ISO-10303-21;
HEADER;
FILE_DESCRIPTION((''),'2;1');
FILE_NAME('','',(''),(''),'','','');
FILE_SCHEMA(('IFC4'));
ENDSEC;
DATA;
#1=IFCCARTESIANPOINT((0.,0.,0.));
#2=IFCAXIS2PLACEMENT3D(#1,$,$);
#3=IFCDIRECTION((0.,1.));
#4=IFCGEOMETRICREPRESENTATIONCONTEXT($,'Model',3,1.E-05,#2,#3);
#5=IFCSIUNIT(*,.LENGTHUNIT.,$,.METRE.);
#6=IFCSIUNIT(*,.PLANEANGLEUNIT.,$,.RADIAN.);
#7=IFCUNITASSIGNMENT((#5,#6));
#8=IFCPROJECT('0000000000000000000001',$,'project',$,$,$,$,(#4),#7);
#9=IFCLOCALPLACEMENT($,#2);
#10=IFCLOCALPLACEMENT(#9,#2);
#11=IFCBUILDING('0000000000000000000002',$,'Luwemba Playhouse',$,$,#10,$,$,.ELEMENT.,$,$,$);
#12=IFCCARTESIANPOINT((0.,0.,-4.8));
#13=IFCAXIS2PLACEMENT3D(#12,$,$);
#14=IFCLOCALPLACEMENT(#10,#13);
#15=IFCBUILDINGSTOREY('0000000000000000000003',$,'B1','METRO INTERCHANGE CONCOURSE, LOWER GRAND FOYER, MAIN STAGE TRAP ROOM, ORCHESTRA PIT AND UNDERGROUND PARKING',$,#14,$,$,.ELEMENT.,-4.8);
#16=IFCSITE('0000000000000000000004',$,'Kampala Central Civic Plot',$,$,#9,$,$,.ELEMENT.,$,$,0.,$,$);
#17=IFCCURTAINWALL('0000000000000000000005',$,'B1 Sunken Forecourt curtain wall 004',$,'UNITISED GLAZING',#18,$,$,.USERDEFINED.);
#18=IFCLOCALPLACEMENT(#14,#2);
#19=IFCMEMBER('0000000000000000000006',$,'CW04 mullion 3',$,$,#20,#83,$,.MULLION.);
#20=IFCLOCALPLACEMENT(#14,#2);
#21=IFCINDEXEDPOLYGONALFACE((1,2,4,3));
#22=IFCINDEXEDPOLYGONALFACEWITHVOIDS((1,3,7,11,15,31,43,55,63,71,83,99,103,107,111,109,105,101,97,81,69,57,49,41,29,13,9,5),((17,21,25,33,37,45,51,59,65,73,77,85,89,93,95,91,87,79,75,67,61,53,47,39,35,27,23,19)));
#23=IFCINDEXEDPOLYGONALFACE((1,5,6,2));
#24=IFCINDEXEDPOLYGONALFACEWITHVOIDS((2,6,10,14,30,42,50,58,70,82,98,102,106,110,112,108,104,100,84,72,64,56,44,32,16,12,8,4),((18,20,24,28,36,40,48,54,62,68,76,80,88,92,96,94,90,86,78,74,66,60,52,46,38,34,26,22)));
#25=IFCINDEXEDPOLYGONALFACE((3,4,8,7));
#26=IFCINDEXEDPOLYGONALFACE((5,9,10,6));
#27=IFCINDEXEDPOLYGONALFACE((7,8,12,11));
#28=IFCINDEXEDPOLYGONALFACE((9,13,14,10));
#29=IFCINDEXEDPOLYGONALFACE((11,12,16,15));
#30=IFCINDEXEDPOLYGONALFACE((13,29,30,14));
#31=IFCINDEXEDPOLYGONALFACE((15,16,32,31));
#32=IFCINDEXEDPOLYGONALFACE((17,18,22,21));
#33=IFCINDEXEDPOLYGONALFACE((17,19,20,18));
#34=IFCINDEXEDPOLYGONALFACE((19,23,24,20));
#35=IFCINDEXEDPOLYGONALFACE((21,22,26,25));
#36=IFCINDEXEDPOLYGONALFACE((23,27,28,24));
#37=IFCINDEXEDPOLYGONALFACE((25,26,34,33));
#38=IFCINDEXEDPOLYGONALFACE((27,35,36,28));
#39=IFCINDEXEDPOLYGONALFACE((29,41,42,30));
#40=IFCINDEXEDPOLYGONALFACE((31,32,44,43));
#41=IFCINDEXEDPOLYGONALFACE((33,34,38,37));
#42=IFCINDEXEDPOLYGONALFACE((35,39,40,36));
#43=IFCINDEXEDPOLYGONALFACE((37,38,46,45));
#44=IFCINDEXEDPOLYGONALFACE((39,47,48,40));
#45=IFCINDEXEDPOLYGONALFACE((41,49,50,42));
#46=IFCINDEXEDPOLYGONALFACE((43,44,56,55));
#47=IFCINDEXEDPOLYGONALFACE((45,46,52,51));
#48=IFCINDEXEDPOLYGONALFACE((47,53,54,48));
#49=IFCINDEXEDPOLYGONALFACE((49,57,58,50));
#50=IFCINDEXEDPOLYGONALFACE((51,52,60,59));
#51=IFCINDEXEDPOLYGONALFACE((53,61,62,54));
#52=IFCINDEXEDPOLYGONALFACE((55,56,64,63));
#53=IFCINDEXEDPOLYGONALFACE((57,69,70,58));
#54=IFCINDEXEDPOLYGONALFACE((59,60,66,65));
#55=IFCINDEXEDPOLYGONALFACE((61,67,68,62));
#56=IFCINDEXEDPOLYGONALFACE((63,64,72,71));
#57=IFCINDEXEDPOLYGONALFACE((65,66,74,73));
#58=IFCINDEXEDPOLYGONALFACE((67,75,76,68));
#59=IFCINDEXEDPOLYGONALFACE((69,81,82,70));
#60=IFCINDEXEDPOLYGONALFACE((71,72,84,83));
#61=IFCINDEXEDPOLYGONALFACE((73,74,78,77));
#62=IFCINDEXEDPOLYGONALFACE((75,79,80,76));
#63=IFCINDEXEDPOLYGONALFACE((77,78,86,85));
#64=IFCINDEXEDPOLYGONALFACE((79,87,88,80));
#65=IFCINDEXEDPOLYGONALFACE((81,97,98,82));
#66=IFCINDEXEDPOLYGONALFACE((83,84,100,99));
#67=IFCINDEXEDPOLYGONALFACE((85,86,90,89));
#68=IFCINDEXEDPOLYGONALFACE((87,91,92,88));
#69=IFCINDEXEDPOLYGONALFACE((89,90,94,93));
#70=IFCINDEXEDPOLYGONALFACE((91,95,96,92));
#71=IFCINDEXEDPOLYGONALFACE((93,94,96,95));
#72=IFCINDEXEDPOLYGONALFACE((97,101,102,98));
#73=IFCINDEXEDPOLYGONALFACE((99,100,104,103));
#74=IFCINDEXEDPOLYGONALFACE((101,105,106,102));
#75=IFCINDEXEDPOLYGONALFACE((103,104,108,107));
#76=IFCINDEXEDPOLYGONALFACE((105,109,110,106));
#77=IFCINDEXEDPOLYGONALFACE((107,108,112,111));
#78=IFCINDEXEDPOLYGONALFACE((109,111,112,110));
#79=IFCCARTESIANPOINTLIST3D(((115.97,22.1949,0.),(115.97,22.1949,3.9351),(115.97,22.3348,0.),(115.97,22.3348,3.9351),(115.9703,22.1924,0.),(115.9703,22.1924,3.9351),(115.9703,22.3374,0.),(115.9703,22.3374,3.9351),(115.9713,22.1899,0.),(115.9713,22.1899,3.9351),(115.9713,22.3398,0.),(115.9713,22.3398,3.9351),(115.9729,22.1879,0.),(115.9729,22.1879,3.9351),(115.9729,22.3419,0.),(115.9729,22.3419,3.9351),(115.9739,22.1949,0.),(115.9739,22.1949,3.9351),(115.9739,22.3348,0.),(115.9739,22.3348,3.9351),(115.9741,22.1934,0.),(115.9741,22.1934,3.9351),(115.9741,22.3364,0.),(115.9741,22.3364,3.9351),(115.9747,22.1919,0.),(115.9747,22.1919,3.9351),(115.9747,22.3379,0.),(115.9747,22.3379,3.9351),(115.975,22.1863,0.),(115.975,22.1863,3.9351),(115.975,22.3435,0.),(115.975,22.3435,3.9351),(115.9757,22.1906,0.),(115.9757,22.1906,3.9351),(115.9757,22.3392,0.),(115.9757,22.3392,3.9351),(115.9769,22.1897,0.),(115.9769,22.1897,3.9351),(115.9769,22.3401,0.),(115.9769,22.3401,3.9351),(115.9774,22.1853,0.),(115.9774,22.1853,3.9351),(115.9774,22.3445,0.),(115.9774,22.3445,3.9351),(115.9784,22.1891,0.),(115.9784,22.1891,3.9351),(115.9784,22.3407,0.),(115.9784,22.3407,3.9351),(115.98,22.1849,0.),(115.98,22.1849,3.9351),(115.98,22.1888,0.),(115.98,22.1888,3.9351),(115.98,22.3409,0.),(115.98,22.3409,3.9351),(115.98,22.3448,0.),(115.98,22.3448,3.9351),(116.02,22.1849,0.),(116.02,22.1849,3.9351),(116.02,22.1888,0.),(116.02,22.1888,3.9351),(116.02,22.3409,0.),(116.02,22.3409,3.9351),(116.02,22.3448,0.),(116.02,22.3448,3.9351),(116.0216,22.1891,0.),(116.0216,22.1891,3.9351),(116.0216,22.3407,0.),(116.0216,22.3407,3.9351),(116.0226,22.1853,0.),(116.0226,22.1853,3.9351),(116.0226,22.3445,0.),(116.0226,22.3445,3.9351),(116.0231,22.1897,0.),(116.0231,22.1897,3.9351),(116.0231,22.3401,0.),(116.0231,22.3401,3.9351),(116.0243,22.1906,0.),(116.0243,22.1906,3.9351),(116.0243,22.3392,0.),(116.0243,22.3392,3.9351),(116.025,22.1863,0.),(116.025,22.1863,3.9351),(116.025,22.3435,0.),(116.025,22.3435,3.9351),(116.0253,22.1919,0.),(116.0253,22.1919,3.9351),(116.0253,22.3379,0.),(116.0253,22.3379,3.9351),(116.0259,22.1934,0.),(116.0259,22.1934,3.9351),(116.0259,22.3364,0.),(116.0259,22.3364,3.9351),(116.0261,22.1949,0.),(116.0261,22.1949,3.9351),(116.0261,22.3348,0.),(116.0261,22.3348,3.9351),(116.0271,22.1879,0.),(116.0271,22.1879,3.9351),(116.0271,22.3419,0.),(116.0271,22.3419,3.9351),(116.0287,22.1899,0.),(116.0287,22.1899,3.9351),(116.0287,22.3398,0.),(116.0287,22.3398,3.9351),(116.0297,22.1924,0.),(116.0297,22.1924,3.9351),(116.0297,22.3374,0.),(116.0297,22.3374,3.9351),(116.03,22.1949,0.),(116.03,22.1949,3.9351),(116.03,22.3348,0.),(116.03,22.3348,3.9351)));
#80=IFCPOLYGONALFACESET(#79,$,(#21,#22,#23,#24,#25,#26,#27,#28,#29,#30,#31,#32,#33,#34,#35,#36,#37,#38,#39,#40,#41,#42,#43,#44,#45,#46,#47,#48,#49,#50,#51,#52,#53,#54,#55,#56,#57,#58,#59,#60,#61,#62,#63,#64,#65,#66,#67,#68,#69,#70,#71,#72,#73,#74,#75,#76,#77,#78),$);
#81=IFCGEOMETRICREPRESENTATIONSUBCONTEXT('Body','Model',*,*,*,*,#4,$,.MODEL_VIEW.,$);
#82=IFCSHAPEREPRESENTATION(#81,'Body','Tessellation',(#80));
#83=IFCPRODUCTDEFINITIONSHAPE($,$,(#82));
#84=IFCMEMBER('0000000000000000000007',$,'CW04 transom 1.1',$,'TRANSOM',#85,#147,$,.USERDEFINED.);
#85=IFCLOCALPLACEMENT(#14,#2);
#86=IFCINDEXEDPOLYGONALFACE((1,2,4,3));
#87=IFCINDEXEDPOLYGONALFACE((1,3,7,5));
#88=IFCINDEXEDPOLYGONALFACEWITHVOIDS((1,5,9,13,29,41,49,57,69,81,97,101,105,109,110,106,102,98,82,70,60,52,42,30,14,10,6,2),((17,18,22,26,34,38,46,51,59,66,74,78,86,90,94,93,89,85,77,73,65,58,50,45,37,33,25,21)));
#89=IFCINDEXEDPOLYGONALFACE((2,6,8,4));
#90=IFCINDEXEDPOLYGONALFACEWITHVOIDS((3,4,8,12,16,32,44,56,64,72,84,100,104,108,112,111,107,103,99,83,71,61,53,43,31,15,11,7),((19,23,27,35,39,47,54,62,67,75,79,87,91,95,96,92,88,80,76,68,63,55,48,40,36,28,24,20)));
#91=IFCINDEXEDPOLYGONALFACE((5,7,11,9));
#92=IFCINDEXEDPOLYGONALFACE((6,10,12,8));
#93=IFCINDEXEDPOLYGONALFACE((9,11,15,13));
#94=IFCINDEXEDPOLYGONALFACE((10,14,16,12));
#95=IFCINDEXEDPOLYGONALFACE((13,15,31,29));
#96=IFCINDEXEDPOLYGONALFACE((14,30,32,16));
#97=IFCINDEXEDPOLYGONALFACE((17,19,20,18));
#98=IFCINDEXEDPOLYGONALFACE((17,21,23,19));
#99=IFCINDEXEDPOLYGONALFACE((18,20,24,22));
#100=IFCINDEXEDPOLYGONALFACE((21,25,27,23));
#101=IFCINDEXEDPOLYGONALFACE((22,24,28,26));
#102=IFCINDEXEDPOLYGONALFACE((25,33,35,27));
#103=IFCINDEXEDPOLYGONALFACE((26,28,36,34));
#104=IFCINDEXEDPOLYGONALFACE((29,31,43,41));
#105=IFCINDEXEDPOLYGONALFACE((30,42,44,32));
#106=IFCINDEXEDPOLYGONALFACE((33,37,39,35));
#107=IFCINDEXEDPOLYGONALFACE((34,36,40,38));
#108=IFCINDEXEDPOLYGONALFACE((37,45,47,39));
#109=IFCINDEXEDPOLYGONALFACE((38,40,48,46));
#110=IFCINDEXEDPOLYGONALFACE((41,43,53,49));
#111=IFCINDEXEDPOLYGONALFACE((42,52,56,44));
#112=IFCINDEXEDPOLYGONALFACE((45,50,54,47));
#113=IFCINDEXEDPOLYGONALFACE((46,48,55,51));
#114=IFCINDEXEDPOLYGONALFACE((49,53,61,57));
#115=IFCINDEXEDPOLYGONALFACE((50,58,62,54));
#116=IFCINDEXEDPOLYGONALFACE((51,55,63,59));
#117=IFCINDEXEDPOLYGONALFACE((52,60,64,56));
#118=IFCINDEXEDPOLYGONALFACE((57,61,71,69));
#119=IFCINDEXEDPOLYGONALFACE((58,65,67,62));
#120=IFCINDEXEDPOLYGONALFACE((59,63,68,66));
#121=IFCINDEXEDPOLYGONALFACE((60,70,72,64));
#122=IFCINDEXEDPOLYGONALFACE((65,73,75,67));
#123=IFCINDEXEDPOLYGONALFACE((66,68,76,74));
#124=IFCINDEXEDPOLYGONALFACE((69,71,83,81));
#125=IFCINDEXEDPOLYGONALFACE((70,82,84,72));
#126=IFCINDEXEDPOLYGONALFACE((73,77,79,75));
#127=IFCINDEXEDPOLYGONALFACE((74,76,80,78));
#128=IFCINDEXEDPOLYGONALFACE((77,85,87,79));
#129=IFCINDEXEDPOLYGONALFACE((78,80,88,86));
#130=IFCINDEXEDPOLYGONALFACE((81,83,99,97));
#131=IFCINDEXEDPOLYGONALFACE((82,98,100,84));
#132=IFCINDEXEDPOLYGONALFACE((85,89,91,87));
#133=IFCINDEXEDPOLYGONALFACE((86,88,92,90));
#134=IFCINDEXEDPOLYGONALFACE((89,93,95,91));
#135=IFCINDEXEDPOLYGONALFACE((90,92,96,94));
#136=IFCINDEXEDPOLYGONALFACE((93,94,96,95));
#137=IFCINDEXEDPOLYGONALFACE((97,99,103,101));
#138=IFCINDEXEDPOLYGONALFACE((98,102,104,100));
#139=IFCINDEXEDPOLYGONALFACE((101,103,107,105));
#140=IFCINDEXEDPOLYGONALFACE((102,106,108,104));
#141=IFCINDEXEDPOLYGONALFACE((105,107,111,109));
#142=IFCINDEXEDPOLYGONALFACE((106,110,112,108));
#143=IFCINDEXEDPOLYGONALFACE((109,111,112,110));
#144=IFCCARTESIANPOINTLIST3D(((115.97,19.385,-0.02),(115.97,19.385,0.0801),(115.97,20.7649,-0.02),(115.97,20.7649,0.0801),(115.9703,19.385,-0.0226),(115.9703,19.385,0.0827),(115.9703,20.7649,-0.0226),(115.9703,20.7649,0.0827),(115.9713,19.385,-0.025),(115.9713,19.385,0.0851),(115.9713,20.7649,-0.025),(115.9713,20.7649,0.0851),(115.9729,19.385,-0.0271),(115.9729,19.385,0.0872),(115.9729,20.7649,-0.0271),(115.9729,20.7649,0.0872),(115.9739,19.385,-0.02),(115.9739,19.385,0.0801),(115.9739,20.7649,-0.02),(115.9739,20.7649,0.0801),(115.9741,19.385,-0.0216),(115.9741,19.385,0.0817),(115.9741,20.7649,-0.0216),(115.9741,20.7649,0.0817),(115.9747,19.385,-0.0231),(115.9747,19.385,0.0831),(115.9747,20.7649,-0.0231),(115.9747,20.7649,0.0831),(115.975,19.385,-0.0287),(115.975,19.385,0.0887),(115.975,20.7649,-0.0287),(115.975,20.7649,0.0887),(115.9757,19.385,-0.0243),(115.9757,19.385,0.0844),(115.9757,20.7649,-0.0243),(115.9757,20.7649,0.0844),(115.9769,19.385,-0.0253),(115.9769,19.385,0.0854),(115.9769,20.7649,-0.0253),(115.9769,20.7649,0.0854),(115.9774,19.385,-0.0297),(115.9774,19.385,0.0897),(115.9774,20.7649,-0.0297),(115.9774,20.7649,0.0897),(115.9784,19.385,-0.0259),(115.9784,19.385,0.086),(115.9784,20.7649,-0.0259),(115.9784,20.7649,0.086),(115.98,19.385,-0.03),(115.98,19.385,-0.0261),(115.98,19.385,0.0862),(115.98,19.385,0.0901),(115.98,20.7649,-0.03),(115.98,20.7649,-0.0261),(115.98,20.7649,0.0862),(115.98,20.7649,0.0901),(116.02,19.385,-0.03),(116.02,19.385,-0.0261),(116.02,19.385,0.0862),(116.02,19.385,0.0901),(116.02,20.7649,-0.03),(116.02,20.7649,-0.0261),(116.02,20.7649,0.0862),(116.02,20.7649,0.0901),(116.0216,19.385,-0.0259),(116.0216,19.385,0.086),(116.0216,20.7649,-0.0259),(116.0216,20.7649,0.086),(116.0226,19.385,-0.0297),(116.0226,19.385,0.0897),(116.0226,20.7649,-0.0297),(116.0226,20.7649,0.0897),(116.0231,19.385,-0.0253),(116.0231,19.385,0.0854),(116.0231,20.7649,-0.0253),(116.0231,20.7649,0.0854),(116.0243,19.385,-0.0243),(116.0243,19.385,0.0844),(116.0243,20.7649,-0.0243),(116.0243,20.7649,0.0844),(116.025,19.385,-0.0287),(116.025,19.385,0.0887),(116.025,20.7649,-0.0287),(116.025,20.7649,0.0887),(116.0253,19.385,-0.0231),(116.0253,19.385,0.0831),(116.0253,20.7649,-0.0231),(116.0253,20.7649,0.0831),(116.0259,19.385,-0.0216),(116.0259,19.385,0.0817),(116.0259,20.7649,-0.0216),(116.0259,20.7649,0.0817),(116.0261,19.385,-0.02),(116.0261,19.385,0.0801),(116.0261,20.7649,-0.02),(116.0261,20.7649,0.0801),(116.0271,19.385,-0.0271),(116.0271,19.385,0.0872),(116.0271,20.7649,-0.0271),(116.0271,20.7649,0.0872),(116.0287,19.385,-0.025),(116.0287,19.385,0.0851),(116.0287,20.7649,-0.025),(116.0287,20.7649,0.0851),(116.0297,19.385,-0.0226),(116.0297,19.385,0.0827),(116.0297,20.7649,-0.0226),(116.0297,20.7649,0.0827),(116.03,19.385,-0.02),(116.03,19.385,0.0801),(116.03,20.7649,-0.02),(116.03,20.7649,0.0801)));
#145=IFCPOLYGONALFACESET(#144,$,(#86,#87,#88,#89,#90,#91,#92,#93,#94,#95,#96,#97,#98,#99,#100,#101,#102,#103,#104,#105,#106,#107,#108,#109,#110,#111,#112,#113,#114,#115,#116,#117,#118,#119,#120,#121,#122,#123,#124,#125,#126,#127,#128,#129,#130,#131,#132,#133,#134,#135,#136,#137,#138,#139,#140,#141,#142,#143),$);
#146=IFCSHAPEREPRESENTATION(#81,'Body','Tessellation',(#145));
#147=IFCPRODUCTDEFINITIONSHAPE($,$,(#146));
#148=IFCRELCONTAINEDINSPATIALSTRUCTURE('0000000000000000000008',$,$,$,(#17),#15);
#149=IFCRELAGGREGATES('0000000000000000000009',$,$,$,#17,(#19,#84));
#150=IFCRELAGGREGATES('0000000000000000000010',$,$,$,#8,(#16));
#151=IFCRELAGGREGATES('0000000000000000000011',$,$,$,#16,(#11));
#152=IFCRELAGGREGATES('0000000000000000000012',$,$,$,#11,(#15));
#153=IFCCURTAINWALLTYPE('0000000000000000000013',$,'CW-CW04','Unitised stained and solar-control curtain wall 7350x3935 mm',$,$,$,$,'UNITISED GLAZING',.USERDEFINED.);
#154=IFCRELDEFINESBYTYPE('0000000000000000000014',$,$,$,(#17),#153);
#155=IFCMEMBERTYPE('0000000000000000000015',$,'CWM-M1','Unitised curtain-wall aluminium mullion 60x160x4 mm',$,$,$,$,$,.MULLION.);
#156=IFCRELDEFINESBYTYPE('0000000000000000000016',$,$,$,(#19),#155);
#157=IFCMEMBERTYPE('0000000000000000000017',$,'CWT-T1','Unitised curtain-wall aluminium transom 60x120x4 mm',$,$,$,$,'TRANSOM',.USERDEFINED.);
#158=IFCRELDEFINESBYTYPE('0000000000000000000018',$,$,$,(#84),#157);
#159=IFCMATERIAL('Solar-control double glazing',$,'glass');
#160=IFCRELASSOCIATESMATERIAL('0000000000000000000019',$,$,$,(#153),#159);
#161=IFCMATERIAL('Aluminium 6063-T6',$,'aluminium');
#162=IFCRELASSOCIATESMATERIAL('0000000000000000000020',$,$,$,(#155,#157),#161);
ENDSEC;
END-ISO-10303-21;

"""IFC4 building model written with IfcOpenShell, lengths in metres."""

from ifc_helpers import new_model, si_unit, direction, frame, origin, origin_2d, place, context, subcontext, project, spatial, hollow_rectangle, extrude, material, material_profile, profile_set, type_object, element, aggregate, save


model = new_model("IFC4")

# Units and contexts
model_context = context("Model", 3, precision=1e-05, world=origin(), true_north=direction((0.0, 1.0)))
body_context = subcontext(model_context, "Body", "Model", "MODEL_VIEW")
ifc_project = project(units=[si_unit("LENGTHUNIT", "METRE"), si_unit("PLANEANGLEUNIT", "RADIAN")], contexts=[model_context])

# Site, building, storey
site_placement = place(None, origin())
site = spatial("IfcSite", under=ifc_project, at=site_placement, Name="Kampala Central Civic Plot", CompositionType="ELEMENT", RefElevation=0.0)
building_placement = place(site_placement, origin())
building = spatial("IfcBuilding", under=site, at=building_placement, Name="Luwemba Playhouse", CompositionType="ELEMENT")
storey_placement = place(building_placement, frame((0.0, 0.0, -4.8)))
storey = spatial("IfcBuildingStorey", under=building, at=storey_placement, Name="B1", Description="METRO INTERCHANGE CONCOURSE, LOWER GRAND FOYER, MAIN STAGE TRAP ROOM, ORCHESTRA PIT AND UNDERGROUND PARKING", CompositionType="ELEMENT", Elevation=-4.8)

# Curtain wall, members
ifc_material_1 = material(Name="Solar-control double glazing", Category="glass")
curtain_wall_type = type_object("IfcCurtainWallType", Name="CW-CW04", Description="Unitised stained and solar-control curtain wall 7350x3935 mm", ElementType="UNITISED GLAZING", PredefinedType="USERDEFINED", material=ifc_material_1)
curtain_wall_placement = place(storey_placement, origin())
curtain_wall = element("IfcCurtainWall", 1, at=curtain_wall_placement, inside=storey, type_object=curtain_wall_type, Name="B1 Sunken Forecourt curtain wall 004", ObjectType="UNITISED GLAZING", PredefinedType="USERDEFINED")
ifc_material_2 = material(Name="Aluminium 6063-T6", Category="aluminium")
ifc_material_profile_1 = material_profile(ifc_material_2, hollow_rectangle(XDim=0.0601, YDim=0.1599, WallThickness=0.0039, InnerFilletRadius=0.0061, OuterFilletRadius=0.01, at=origin_2d()))
ifc_profile_set_1 = profile_set([ifc_material_profile_1], Name="Aluminium 6063-T6")
member_type_1 = type_object("IfcMemberType", Name="CWM-M1", Description="Unitised curtain-wall aluminium mullion 60x160x4 mm", PredefinedType="MULLION", material=ifc_profile_set_1)
member_1_placement = place(storey_placement, frame((116.0, 22.2649, 0.0), z_axis=(0.0, 0.0, 1.0), x_axis=(-1.0, 0.0, 0.0)))
member_1 = element("IfcMember", 2, at=member_1_placement, type_object=member_type_1, Name="CW04 mullion 3", PredefinedType="MULLION", context=body_context, shape_type="SweptSolid", body=[
    extrude(hollow_rectangle(XDim=0.0601, YDim=0.1599, WallThickness=0.0039, InnerFilletRadius=0.0061, OuterFilletRadius=0.01, at=origin_2d()), origin(), (0.0, 0.0, 1.0), 3.9351),
])
ifc_material_profile_2 = material_profile(ifc_material_2, hollow_rectangle(XDim=0.0601, YDim=0.1201, WallThickness=0.0039, InnerFilletRadius=0.0061, OuterFilletRadius=0.01, at=origin_2d()))
ifc_profile_set_2 = profile_set([ifc_material_profile_2], Name="Aluminium 6063-T6")
member_type_2 = type_object("IfcMemberType", Name="CWT-T1", Description="Unitised curtain-wall aluminium transom 60x120x4 mm", ElementType="TRANSOM", PredefinedType="USERDEFINED", material=ifc_profile_set_2)
member_2_placement = place(storey_placement, frame((116.0, 19.385, 0.03), z_axis=(0.0, 1.0, 0.0), x_axis=(-1.0, 0.0, 0.0)))
member_2 = element("IfcMember", 3, at=member_2_placement, type_object=member_type_2, Name="CW04 transom 1.1", ObjectType="TRANSOM", PredefinedType="USERDEFINED", context=body_context, shape_type="SweptSolid", body=[
    extrude(hollow_rectangle(XDim=0.0601, YDim=0.1201, WallThickness=0.0039, InnerFilletRadius=0.0061, OuterFilletRadius=0.01, at=origin_2d()), origin(), (0.0, 0.0, 1.0), 1.3799),
])
aggregate(curtain_wall, [member_1, member_2])

save(model, "model.ifc")
